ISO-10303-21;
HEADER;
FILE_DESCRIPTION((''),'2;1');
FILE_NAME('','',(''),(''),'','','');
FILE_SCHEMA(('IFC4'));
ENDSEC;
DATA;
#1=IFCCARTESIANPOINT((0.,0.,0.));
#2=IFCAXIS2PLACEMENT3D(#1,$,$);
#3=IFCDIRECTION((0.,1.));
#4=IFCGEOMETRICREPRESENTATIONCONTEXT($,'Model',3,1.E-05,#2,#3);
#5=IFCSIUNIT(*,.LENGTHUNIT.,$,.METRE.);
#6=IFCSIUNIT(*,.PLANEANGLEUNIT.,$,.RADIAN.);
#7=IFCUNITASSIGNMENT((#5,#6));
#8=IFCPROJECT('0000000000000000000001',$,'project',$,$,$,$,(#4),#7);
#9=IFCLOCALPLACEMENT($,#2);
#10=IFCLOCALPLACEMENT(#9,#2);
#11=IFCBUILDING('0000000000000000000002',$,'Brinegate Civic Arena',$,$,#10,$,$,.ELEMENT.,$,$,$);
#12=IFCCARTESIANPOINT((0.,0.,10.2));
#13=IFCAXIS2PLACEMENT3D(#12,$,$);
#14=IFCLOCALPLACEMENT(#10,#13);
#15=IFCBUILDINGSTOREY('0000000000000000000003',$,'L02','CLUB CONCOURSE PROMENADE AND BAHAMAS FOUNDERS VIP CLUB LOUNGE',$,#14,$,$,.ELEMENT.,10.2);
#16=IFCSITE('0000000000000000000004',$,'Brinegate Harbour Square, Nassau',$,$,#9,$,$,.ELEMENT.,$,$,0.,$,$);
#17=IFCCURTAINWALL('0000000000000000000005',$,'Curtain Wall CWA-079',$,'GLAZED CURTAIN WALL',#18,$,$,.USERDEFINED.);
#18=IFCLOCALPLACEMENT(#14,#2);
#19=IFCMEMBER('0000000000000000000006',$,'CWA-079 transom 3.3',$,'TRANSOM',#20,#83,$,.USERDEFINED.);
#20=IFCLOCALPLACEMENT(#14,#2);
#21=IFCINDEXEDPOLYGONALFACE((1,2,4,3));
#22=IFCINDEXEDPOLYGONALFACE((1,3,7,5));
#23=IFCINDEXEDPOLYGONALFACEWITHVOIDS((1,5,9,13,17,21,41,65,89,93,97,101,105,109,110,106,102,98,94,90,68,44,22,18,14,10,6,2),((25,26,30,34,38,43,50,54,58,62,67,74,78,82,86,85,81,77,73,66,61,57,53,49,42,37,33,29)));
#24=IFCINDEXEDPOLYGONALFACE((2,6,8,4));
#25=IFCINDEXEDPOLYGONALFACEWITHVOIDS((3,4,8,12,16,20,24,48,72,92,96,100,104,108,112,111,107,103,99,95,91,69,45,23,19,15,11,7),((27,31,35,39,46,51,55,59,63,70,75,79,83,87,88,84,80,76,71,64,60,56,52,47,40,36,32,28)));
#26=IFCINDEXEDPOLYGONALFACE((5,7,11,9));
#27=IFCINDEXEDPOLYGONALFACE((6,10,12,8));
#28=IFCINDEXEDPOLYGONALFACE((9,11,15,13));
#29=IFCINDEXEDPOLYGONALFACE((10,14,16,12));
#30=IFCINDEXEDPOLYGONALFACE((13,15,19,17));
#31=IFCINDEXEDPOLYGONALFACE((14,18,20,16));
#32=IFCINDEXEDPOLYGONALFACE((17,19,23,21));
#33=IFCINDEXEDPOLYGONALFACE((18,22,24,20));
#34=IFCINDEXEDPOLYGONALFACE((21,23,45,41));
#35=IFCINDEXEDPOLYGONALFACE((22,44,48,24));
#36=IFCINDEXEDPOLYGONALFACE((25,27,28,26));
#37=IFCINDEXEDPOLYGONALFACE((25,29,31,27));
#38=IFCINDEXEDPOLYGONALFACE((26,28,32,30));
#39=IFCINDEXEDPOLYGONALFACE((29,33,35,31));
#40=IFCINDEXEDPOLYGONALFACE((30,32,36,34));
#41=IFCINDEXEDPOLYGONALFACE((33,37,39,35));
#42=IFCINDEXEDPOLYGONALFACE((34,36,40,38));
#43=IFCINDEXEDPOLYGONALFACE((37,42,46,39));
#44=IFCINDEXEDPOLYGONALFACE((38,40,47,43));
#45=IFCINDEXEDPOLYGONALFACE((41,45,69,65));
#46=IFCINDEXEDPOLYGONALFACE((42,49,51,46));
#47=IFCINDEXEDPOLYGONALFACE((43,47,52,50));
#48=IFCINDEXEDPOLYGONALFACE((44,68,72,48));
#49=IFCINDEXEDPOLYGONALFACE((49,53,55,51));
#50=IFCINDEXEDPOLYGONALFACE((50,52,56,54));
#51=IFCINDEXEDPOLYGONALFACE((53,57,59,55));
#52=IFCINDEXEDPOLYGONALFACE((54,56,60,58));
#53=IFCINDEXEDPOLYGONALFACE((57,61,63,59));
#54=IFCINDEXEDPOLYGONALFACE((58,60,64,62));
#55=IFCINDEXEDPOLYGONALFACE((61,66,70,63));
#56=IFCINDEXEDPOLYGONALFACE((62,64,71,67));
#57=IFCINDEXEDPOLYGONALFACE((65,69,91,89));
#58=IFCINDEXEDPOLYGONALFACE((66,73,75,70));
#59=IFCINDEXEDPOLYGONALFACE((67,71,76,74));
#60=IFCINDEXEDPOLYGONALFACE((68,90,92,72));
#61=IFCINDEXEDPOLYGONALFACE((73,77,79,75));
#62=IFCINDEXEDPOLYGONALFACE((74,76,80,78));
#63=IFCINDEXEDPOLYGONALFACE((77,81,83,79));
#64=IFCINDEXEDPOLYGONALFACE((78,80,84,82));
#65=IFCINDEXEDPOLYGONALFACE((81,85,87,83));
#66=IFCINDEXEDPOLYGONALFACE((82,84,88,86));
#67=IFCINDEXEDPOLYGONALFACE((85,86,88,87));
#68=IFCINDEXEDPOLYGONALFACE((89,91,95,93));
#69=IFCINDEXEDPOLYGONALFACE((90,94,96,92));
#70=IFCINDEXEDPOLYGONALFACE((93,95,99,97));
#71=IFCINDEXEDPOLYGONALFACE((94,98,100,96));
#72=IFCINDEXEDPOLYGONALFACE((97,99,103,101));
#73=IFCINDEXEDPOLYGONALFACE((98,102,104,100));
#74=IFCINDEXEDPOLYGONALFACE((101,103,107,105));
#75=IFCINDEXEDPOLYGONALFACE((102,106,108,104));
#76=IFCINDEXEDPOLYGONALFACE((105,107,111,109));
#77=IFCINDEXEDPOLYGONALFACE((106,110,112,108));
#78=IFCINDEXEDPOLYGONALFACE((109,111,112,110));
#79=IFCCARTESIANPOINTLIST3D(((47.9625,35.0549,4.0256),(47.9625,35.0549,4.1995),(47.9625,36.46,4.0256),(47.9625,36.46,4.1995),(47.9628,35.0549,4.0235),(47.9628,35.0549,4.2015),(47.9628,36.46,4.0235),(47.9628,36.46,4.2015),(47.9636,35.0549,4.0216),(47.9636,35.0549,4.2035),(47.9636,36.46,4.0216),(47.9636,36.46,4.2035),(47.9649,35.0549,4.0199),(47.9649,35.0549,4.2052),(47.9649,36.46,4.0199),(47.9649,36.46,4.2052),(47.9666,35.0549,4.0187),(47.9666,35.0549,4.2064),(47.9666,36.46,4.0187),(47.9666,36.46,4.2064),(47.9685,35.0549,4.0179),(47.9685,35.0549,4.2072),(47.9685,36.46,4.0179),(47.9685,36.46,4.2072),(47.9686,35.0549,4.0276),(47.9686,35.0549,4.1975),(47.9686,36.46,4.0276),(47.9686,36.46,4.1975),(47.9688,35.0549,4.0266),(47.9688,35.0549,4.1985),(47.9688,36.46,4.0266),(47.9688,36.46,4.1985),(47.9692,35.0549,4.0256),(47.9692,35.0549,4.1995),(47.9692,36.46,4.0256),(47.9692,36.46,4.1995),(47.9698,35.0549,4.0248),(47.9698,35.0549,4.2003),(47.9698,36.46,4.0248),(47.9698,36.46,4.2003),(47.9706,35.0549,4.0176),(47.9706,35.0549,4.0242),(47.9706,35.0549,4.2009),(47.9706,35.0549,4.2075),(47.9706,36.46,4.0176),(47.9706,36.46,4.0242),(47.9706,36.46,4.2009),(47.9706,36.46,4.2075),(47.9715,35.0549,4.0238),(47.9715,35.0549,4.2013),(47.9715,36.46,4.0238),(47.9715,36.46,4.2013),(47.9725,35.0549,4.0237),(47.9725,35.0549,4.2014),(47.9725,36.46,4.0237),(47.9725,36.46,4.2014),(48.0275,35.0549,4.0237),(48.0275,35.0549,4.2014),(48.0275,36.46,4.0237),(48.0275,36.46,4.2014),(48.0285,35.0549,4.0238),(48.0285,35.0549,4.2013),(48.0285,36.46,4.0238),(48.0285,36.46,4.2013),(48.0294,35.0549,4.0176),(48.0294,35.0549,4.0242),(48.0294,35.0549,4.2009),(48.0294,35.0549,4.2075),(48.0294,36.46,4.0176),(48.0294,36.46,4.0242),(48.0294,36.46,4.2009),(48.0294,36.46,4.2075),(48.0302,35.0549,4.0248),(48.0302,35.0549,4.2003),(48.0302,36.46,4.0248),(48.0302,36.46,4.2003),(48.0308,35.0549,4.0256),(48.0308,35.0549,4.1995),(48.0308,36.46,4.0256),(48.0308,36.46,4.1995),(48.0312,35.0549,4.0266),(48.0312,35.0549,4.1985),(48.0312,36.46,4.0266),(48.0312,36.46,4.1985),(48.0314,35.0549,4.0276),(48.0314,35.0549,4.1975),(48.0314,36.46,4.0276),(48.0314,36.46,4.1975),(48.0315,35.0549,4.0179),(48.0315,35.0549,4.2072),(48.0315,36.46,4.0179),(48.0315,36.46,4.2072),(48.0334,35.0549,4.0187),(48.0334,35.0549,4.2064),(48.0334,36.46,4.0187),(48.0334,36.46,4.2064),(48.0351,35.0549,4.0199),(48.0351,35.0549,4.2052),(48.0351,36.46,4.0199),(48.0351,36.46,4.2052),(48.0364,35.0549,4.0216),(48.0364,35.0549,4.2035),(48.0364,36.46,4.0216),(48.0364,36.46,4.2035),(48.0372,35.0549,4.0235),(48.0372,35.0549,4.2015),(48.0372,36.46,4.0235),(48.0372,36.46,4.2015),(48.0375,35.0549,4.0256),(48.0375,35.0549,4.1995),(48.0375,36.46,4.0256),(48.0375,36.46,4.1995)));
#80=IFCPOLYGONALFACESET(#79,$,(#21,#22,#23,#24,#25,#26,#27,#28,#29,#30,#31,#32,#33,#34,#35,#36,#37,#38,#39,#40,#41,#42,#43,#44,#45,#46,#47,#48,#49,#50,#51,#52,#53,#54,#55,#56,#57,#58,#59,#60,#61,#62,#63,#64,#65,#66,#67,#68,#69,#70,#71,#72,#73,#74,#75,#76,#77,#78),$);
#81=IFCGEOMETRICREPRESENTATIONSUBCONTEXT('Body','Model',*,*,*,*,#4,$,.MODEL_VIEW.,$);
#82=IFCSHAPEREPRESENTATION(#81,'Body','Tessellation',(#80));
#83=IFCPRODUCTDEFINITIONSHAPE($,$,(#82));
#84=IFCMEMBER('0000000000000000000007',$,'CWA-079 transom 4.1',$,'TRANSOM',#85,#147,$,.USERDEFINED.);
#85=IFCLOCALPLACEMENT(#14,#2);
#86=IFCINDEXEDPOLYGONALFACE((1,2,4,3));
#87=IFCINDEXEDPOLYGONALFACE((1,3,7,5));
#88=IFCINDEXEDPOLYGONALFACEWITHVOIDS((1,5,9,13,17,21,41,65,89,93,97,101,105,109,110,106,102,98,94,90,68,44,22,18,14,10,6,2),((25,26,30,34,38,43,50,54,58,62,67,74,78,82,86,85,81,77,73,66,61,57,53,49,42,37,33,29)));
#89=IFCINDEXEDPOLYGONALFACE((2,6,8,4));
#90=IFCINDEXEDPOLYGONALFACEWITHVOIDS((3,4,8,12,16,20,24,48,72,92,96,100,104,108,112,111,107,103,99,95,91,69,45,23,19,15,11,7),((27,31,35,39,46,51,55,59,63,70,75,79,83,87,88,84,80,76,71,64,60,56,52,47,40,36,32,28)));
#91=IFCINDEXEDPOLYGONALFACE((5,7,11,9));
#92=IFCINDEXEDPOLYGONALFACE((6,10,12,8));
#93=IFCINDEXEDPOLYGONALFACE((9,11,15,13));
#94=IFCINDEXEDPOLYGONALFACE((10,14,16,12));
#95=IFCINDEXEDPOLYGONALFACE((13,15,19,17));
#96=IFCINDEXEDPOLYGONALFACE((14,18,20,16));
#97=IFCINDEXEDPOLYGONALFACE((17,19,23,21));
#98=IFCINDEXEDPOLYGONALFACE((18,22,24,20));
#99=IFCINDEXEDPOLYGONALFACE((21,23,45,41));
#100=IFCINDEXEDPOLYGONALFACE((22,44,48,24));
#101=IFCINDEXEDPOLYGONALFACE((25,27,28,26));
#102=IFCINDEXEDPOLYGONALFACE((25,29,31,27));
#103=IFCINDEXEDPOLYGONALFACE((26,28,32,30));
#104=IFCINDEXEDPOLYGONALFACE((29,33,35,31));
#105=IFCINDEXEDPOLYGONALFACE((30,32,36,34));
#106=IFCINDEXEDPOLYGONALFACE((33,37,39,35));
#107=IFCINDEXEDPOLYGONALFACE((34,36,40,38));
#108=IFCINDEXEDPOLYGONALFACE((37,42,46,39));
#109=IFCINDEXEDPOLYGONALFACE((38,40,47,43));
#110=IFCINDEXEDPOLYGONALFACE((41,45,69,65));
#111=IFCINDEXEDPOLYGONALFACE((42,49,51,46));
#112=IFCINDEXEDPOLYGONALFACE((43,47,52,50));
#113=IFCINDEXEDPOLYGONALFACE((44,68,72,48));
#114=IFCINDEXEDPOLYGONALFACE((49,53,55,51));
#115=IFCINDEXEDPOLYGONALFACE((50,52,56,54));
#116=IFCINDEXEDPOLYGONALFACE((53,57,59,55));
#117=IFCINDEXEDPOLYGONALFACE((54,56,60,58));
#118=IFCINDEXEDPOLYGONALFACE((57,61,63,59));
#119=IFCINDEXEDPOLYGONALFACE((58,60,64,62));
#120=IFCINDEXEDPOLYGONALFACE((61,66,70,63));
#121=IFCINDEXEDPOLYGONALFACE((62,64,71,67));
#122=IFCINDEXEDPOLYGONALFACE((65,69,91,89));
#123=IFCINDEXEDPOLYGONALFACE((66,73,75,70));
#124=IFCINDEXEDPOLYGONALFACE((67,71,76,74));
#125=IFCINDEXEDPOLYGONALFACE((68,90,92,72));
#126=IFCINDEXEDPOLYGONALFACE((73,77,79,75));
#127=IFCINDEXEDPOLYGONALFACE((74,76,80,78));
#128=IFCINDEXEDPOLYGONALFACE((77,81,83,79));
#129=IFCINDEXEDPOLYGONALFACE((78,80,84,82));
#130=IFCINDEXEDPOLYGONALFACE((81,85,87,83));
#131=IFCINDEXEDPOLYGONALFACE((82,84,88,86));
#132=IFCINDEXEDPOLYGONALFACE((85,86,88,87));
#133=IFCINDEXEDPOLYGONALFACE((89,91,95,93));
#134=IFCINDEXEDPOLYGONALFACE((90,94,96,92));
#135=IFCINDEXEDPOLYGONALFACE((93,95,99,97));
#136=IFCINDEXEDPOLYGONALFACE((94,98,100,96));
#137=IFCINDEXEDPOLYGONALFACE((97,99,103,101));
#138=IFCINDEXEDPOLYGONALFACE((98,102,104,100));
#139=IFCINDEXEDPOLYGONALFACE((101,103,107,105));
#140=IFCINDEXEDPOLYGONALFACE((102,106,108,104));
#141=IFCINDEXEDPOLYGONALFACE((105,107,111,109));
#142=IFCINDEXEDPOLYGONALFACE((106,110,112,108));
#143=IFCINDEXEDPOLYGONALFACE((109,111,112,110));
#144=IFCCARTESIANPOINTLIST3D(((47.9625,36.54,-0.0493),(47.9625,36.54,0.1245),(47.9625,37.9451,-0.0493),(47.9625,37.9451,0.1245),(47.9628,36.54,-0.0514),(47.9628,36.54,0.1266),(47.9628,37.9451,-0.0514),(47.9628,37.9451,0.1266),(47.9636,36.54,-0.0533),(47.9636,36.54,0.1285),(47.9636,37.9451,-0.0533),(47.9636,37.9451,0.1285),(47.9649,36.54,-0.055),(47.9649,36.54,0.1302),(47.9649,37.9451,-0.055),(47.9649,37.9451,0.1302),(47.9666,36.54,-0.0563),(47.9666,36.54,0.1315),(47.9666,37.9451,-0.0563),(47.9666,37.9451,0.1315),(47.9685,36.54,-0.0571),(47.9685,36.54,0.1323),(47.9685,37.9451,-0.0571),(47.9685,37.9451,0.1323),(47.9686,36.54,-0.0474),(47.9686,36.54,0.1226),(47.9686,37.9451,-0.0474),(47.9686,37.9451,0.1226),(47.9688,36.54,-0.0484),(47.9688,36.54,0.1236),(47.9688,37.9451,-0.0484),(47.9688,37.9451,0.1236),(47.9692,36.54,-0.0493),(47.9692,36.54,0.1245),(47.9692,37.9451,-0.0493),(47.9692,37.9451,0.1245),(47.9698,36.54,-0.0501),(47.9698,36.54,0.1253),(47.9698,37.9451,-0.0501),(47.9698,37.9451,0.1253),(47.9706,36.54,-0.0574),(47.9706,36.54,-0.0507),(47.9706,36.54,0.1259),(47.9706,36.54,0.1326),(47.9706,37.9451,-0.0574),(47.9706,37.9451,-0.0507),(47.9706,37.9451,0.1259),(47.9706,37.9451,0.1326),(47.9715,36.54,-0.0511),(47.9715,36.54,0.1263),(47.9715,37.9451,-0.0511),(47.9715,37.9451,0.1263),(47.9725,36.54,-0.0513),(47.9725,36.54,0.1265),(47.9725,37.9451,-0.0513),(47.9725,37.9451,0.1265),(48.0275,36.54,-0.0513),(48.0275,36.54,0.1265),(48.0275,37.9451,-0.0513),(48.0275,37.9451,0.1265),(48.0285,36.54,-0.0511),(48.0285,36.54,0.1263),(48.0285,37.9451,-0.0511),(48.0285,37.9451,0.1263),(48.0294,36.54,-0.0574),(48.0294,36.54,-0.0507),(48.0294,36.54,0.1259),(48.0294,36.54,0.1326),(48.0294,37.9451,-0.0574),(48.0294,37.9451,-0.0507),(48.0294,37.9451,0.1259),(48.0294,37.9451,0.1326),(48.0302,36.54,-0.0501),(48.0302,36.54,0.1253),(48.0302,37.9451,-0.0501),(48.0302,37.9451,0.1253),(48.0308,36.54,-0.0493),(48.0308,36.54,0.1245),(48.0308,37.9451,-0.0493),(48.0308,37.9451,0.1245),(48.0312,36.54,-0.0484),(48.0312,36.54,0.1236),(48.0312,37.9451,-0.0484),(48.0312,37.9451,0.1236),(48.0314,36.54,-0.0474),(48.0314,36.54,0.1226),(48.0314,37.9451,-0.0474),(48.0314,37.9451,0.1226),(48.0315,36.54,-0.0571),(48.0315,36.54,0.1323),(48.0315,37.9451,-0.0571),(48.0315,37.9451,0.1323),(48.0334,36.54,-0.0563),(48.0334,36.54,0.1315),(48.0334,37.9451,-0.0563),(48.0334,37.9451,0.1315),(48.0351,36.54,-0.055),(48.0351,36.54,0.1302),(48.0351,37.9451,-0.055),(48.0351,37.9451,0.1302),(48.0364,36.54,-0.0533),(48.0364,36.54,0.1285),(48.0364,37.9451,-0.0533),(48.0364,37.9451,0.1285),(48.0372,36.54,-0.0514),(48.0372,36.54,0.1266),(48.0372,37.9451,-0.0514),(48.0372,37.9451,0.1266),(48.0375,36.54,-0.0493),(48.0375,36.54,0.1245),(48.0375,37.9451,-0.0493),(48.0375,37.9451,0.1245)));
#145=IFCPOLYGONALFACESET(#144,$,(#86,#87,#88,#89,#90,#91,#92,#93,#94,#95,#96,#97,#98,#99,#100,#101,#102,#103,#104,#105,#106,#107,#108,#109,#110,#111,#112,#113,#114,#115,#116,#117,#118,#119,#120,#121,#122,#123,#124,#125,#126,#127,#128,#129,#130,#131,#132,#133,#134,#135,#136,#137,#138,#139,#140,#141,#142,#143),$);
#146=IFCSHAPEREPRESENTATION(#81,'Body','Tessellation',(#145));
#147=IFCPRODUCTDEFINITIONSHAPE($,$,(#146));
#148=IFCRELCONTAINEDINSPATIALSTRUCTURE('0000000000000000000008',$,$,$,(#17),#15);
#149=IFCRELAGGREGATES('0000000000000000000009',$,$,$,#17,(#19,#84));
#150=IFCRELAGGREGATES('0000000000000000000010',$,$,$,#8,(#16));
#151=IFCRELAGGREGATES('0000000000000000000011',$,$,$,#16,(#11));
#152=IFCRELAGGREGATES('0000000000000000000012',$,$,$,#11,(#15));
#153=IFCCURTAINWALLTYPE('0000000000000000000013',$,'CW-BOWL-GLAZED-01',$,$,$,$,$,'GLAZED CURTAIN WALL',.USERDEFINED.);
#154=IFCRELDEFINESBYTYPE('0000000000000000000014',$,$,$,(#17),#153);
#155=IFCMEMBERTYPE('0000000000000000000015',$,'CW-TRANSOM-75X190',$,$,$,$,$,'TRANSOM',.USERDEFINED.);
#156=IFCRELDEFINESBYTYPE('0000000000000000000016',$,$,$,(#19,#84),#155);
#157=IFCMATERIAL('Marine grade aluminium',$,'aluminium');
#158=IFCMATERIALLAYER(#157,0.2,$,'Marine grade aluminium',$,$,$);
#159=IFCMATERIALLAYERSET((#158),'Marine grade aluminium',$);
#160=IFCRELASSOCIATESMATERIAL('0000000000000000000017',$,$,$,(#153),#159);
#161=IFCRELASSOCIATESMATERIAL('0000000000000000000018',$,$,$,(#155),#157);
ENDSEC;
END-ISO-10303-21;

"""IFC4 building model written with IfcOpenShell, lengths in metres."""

from ifc_helpers import new_model, si_unit, direction, frame, origin, origin_2d, place, context, subcontext, project, spatial, hollow_rectangle, extrude, material, layer, layer_set, material_profile, profile_set, type_object, element, aggregate, save


model = new_model("IFC4")

# Units and contexts
model_context = context("Model", 3, precision=1e-05, world=origin(), true_north=direction((0.0, 1.0)))
body_context = subcontext(model_context, "Body", "Model", "MODEL_VIEW")
ifc_project = project(units=[si_unit("LENGTHUNIT", "METRE"), si_unit("PLANEANGLEUNIT", "RADIAN")], contexts=[model_context])

# Site, building, storey
site_placement = place(None, origin())
site = spatial("IfcSite", under=ifc_project, at=site_placement, Name="Brinegate Harbour Square, Nassau", CompositionType="ELEMENT", RefElevation=0.0)
building_placement = place(site_placement, origin())
building = spatial("IfcBuilding", under=site, at=building_placement, Name="Brinegate Civic Arena", CompositionType="ELEMENT")
storey_placement = place(building_placement, frame((0.0, 0.0, 10.2)))
storey = spatial("IfcBuildingStorey", under=building, at=storey_placement, Name="L02", Description="CLUB CONCOURSE PROMENADE AND BAHAMAS FOUNDERS VIP CLUB LOUNGE", CompositionType="ELEMENT", Elevation=10.2)

# Curtain wall, members
ifc_material_1 = material(Name="Marine grade aluminium", Category="aluminium")
ifc_layer_1 = layer(ifc_material_1, 0.2, Name="Marine grade aluminium")
ifc_layer_set_1 = layer_set([ifc_layer_1], Name="Marine grade aluminium")
curtain_wall_type = type_object("IfcCurtainWallType", Name="CW-BOWL-GLAZED-01", ElementType="GLAZED CURTAIN WALL", PredefinedType="USERDEFINED", material=ifc_layer_set_1)
curtain_wall_placement = place(storey_placement, origin())
curtain_wall = element("IfcCurtainWall", 1, at=curtain_wall_placement, inside=storey, type_object=curtain_wall_type, Name="Curtain Wall CWA-079", ObjectType="GLAZED CURTAIN WALL", PredefinedType="USERDEFINED")
ifc_material_profile_1 = material_profile(ifc_material_1, hollow_rectangle(XDim=0.075, YDim=0.1899, WallThickness=0.0061, InnerFilletRadius=0.0039, OuterFilletRadius=0.0081, at=origin_2d()), Name="TRN75X190")
ifc_profile_set_1 = profile_set([ifc_material_profile_1], Name="Marine grade aluminium")
member_type_1 = type_object("IfcMemberType", Name="CW-TRANSOM-75X190", ElementType="TRANSOM", PredefinedType="USERDEFINED", material=ifc_profile_set_1)
member_1_placement = place(storey_placement, frame((48.0, 35.0549, 4.1125), z_axis=(0.0, 1.0, 0.0), x_axis=(-1.0, 0.0, 0.0)))
member_1 = element("IfcMember", 2, at=member_1_placement, type_object=member_type_1, Name="CWA-079 transom 3.3", ObjectType="TRANSOM", PredefinedType="USERDEFINED", context=body_context, shape_type="SweptSolid", body=[
    extrude(hollow_rectangle(XDim=0.075, YDim=0.1899, WallThickness=0.0061, InnerFilletRadius=0.0039, OuterFilletRadius=0.0081, at=origin_2d()), origin(), (0.0, 0.0, 1.0), 1.405),
])
member_2_placement = place(storey_placement, frame((48.0, 36.54, 0.0376), z_axis=(0.0, 1.0, 0.0), x_axis=(-1.0, 0.0, 0.0)))
member_2 = element("IfcMember", 3, at=member_2_placement, type_object=member_type_1, Name="CWA-079 transom 4.1", ObjectType="TRANSOM", PredefinedType="USERDEFINED", context=body_context, shape_type="SweptSolid", body=[
    extrude(hollow_rectangle(XDim=0.075, YDim=0.1899, WallThickness=0.0061, InnerFilletRadius=0.0039, OuterFilletRadius=0.0081, at=origin_2d()), origin(), (0.0, 0.0, 1.0), 1.405),
])
aggregate(curtain_wall, [member_1, member_2])

save(model, "model.ifc")
